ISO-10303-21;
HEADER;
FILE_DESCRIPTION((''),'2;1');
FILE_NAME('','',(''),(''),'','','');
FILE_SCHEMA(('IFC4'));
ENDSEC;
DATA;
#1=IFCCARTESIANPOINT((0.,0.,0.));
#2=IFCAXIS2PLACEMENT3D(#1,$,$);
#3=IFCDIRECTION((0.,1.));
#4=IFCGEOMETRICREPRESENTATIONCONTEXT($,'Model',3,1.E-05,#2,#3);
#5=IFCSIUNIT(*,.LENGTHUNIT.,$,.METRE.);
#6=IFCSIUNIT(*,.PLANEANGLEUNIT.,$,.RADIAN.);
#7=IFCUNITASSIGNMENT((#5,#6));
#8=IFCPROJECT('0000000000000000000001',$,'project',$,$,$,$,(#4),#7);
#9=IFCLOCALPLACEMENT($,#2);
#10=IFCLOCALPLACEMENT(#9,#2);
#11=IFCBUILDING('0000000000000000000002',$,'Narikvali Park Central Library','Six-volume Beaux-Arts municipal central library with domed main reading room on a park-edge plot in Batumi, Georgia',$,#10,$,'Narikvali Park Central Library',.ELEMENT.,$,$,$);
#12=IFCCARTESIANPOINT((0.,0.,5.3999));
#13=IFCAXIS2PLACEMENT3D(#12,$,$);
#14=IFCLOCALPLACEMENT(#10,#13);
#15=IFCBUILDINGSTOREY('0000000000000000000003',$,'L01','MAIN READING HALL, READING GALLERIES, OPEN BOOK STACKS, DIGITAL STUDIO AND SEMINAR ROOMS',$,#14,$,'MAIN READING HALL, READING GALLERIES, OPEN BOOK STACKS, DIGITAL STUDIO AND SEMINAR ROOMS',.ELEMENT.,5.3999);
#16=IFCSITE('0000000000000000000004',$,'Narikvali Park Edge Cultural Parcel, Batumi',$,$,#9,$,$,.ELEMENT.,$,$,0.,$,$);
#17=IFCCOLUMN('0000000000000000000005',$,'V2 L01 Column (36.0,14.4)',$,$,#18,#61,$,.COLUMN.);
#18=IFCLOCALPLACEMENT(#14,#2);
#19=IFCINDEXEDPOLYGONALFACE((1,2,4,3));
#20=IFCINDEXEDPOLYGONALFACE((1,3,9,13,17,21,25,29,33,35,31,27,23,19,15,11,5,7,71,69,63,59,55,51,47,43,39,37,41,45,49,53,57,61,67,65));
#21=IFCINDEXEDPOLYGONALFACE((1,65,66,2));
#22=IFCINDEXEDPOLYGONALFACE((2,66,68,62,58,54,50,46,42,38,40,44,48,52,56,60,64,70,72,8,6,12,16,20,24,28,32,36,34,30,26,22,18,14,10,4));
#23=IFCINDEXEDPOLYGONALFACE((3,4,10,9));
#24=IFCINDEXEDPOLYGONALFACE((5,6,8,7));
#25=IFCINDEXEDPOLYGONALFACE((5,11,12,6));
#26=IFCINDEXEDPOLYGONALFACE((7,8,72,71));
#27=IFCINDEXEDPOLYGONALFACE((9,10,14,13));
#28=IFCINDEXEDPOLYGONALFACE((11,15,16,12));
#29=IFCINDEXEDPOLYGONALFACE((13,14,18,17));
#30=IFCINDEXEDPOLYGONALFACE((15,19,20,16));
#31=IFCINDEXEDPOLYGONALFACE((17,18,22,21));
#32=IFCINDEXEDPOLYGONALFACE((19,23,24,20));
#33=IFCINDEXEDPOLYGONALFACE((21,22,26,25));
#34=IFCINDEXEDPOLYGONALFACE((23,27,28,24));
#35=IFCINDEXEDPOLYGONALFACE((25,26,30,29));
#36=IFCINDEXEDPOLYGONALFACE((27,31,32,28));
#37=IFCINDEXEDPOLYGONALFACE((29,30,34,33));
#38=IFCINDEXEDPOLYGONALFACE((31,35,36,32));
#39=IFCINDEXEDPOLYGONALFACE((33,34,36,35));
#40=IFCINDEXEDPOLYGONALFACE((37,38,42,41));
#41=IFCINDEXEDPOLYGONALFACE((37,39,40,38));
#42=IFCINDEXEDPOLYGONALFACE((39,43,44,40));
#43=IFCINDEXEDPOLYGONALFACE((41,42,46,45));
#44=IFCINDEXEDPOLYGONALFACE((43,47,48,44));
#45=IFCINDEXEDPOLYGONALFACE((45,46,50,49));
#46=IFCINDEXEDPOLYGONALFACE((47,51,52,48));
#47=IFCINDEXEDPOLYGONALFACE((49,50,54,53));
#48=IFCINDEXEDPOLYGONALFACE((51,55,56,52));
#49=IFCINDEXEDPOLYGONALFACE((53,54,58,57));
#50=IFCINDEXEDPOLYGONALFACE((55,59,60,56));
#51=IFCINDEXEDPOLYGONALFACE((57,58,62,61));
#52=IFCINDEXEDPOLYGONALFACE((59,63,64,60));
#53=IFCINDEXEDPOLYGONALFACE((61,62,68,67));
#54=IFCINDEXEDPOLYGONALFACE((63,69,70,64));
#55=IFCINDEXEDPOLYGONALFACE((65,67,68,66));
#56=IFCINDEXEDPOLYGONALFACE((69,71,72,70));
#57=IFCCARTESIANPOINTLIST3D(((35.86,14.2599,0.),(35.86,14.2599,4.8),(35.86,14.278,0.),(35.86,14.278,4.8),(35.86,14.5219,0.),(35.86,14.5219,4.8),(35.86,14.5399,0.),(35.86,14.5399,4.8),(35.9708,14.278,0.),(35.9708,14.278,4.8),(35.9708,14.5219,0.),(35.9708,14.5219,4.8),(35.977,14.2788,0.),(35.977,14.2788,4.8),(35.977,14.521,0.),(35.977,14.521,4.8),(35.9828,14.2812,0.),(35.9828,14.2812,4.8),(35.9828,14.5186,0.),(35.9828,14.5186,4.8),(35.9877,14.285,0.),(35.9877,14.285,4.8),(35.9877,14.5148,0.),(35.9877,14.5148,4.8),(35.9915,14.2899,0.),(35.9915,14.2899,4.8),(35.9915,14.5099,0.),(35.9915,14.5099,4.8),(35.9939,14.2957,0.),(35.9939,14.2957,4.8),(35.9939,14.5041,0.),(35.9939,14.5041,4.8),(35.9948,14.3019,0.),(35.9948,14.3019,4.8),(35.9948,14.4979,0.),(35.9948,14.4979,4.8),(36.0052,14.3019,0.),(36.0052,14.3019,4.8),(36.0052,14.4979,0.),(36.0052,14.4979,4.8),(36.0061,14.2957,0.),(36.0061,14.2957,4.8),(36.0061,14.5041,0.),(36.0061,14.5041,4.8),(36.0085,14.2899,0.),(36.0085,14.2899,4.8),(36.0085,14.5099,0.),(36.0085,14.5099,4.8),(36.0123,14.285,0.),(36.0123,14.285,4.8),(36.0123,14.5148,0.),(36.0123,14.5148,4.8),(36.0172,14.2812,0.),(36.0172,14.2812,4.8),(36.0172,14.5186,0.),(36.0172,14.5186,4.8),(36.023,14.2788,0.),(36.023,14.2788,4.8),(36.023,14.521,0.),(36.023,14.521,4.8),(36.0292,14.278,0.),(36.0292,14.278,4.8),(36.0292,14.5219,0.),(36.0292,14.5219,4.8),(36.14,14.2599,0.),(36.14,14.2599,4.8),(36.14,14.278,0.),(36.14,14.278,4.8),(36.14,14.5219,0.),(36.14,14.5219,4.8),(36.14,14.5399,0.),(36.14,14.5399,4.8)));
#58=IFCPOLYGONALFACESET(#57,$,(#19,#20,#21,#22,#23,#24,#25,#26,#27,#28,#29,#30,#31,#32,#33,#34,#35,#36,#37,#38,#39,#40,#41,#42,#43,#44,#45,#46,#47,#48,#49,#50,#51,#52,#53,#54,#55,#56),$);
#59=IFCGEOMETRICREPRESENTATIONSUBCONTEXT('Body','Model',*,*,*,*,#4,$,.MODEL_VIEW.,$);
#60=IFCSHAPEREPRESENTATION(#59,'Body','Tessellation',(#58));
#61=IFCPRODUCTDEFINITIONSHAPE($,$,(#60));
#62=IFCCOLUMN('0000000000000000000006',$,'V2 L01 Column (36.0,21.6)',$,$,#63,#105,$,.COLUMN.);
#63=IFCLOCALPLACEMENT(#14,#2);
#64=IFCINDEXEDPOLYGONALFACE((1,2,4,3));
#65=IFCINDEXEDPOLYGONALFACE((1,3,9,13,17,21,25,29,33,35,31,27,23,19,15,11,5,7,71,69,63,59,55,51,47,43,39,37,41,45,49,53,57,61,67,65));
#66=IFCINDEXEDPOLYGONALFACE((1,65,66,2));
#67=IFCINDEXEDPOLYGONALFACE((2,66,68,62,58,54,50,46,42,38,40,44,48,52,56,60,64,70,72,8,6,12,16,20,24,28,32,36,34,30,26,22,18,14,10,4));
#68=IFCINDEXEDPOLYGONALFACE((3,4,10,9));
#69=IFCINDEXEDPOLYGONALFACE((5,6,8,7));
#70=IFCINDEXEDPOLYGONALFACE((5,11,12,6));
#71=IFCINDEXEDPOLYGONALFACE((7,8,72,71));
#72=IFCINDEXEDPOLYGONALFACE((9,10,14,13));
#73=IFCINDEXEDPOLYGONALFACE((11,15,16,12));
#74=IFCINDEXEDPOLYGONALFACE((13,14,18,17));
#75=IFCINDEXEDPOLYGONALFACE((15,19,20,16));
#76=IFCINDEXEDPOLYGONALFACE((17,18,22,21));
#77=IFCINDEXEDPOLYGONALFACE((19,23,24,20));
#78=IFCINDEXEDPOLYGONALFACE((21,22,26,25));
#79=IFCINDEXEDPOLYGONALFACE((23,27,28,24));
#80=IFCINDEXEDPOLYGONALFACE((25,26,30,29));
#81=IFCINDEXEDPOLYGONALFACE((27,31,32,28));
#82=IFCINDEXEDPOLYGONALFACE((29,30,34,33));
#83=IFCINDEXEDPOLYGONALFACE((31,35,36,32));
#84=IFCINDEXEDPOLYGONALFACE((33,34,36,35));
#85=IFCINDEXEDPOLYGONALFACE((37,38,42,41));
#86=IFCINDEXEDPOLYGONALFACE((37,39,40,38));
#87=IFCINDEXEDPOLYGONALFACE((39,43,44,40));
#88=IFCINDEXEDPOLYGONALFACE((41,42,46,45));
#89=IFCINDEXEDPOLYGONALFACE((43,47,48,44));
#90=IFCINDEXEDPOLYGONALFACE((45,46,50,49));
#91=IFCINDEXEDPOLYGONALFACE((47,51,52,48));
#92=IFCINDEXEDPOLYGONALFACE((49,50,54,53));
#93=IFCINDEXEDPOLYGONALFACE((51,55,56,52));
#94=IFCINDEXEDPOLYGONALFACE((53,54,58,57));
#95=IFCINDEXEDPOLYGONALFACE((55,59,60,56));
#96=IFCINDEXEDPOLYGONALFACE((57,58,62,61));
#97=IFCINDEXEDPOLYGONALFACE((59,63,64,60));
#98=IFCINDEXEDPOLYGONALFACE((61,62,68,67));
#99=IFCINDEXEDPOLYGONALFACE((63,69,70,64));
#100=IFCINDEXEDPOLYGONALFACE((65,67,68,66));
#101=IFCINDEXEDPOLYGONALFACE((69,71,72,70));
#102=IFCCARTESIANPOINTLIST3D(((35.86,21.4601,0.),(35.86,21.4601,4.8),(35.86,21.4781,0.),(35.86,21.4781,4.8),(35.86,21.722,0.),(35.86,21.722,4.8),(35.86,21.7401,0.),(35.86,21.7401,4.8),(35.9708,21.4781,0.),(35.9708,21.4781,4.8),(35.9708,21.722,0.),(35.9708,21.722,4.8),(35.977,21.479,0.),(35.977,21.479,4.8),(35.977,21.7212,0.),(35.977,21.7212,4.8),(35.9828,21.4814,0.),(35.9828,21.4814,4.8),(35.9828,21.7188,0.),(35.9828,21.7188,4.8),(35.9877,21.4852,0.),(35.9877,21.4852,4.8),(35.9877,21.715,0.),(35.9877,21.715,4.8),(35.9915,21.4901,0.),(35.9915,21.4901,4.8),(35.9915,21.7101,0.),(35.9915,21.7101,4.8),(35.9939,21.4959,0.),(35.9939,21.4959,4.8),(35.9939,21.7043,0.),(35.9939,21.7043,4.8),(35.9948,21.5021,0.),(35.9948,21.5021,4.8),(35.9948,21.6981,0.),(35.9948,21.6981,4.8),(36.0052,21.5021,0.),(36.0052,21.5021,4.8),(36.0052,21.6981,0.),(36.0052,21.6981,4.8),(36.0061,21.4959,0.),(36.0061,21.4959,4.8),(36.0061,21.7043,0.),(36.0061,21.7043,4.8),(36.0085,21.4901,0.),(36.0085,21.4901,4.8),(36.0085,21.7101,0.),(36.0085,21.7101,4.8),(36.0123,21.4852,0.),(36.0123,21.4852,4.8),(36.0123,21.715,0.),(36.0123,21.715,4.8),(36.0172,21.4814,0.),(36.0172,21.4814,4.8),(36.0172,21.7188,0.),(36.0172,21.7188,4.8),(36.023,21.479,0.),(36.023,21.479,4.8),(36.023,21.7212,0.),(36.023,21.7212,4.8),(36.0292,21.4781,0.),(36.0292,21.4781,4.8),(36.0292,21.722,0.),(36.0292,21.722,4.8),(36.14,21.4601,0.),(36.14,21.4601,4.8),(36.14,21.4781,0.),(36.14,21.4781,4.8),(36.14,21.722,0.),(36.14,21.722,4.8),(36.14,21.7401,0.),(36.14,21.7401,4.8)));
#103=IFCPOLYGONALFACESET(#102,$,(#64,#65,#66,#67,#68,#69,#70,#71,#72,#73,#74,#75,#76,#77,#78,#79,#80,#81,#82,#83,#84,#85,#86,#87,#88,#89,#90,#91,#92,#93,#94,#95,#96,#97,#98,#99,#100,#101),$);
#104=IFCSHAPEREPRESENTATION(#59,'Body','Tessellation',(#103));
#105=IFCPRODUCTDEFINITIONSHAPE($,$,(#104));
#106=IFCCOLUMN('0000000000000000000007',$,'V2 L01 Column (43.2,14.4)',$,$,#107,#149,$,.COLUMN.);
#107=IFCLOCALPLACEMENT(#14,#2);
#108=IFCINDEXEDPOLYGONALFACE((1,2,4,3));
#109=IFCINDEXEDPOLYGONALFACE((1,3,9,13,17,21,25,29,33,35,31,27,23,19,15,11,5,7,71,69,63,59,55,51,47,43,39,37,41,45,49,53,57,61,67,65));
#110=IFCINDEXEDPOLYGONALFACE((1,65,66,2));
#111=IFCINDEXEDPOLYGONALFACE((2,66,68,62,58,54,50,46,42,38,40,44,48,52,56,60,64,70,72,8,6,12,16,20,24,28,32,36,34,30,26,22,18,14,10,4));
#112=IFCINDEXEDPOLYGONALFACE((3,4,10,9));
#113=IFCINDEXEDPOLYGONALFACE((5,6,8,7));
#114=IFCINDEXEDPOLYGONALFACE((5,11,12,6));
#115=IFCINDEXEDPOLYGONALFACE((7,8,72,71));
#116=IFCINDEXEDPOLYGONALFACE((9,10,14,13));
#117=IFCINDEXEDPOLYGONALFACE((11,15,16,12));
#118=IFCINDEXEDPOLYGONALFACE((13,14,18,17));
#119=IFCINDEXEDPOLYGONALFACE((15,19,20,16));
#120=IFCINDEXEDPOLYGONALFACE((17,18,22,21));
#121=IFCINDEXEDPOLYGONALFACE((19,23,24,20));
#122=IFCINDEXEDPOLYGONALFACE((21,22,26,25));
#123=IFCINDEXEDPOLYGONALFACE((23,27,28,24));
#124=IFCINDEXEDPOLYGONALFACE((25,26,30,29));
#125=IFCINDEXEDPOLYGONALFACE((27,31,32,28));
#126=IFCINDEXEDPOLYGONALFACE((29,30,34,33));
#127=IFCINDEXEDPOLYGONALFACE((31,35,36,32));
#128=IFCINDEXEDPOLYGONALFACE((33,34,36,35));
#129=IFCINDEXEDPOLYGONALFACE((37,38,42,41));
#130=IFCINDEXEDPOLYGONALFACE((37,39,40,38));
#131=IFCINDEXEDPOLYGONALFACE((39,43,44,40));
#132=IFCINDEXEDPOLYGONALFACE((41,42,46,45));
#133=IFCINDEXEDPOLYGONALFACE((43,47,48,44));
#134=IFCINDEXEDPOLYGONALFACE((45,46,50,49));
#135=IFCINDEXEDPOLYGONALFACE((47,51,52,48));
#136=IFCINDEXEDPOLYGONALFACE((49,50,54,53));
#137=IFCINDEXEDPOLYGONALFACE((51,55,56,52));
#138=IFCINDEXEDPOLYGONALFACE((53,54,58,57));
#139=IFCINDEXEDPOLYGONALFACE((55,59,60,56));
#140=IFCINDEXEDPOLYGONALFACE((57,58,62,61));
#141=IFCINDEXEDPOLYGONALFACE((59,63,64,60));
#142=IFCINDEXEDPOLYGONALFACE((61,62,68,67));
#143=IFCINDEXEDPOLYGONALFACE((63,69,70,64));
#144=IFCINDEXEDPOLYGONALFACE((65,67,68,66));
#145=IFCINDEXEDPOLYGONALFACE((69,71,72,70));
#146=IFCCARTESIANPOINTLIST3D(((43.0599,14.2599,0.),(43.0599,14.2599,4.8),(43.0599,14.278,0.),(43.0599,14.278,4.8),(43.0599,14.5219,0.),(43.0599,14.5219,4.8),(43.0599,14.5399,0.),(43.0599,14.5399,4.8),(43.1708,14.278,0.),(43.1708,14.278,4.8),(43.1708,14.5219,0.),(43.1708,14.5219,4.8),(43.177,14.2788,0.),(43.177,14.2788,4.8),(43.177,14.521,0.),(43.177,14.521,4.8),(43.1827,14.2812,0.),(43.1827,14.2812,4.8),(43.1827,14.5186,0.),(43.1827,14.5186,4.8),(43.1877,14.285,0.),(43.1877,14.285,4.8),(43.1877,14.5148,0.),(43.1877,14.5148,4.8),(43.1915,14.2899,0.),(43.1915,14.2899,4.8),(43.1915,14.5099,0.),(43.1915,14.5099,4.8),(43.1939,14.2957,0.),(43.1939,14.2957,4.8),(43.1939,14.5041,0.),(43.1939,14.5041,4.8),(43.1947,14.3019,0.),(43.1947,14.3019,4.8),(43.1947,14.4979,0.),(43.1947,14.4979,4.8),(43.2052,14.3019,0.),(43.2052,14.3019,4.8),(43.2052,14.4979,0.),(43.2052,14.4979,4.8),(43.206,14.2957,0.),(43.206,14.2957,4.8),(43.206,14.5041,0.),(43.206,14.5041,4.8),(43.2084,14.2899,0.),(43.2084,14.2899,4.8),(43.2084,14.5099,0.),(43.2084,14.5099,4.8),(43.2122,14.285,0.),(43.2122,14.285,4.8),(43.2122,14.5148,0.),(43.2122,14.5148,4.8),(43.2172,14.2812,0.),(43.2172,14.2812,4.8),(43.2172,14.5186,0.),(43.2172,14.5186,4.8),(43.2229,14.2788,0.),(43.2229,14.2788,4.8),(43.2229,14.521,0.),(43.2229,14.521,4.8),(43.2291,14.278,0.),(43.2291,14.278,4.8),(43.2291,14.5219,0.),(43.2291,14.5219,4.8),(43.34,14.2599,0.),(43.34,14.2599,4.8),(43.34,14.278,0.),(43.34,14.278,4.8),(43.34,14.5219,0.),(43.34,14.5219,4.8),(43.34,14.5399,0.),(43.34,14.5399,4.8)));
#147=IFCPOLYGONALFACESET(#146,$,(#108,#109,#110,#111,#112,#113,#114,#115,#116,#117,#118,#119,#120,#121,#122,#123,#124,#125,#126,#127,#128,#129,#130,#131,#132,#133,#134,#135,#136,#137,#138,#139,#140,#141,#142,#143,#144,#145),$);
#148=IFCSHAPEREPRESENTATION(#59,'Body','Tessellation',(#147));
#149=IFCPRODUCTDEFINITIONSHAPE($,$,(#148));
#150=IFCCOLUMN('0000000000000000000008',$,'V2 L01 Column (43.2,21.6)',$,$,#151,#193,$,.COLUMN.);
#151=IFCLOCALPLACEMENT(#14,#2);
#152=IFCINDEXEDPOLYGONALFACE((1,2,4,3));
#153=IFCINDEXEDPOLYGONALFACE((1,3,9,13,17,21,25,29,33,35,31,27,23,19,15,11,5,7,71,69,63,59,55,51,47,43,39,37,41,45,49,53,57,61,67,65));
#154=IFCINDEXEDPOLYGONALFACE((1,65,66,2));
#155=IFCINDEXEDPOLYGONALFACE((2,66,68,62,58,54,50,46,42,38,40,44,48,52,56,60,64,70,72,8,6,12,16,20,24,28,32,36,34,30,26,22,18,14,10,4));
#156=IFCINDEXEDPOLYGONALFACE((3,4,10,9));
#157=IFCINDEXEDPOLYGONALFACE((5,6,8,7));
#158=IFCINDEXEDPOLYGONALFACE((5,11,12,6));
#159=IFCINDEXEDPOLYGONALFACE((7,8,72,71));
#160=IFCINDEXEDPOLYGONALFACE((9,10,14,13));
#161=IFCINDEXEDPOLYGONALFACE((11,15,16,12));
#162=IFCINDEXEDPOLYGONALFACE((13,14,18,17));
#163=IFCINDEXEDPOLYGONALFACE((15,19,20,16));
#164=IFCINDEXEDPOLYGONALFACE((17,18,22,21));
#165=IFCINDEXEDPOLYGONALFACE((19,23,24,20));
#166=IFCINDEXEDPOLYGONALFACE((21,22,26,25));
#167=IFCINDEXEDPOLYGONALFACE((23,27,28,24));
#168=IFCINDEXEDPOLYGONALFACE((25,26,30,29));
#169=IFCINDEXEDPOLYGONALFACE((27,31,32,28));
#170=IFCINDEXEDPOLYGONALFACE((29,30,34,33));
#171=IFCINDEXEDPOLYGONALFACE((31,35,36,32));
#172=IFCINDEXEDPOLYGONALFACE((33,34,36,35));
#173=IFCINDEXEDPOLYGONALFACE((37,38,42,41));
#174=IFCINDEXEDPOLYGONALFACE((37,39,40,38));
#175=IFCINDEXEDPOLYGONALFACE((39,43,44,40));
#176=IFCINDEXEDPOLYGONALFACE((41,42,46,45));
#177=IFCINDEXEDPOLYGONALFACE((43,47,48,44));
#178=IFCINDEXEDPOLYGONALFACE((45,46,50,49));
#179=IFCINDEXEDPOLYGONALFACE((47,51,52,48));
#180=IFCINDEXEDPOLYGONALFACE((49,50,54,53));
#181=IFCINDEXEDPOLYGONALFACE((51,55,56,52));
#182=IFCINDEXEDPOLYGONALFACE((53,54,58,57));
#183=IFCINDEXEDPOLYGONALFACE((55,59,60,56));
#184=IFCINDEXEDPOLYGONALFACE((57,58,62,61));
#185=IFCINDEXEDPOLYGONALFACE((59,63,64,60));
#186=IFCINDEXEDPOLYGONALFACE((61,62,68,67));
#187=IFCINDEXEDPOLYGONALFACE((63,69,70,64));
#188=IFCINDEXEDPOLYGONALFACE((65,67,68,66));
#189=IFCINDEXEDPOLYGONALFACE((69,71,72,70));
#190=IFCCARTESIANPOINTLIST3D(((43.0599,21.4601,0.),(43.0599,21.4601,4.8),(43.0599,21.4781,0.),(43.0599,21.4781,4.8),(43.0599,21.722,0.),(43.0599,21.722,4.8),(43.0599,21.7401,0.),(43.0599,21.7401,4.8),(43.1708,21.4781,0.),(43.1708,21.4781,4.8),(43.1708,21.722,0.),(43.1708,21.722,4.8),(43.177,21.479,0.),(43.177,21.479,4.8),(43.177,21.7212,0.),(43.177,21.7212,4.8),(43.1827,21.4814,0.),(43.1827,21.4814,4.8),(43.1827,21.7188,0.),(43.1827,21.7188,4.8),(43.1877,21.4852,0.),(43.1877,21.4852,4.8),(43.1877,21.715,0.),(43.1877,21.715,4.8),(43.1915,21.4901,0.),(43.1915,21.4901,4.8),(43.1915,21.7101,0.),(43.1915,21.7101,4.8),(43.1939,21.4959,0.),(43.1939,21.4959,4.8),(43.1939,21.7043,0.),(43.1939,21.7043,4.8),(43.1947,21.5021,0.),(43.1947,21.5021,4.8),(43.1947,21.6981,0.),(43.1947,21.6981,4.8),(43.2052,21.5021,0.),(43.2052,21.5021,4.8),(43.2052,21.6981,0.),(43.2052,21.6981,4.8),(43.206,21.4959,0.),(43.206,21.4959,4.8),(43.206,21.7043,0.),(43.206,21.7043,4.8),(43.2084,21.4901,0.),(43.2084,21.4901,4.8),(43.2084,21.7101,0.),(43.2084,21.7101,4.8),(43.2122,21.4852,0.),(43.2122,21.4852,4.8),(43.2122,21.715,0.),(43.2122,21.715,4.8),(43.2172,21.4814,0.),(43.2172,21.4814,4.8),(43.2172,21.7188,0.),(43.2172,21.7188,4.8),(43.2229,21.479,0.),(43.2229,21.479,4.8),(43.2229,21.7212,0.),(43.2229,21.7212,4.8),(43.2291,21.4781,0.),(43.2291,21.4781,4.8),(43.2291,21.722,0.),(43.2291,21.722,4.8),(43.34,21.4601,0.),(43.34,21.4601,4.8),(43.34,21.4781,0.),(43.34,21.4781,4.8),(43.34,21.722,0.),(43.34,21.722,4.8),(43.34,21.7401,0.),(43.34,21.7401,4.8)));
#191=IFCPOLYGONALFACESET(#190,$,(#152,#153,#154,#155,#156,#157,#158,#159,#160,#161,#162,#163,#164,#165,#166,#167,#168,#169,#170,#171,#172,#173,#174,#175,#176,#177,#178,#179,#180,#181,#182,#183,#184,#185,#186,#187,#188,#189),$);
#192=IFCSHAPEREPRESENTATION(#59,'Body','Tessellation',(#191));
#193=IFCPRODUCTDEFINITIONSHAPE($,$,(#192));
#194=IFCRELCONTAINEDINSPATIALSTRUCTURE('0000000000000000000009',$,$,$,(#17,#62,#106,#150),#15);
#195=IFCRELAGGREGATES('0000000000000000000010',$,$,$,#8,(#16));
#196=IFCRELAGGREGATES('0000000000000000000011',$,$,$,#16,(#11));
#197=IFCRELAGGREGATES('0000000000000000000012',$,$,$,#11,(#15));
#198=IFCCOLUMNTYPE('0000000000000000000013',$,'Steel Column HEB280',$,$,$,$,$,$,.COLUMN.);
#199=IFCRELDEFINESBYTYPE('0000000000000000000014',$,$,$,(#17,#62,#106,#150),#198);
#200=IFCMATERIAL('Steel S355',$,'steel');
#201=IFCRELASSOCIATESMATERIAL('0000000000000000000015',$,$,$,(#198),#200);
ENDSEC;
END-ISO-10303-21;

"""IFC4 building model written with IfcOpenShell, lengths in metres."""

from ifc_helpers import new_model, si_unit, direction, frame, origin, origin_2d, place, context, subcontext, project, spatial, i_section, extrude, material, material_profile, profile_set, type_object, element, save


model = new_model("IFC4")

# Units and contexts
model_context = context("Model", 3, precision=1e-05, world=origin(), true_north=direction((0.0, 1.0)))
body_context = subcontext(model_context, "Body", "Model", "MODEL_VIEW")
ifc_project = project(units=[si_unit("LENGTHUNIT", "METRE"), si_unit("PLANEANGLEUNIT", "RADIAN")], contexts=[model_context])

# Site, building, storey
site_placement = place(None, origin())
site = spatial("IfcSite", under=ifc_project, at=site_placement, Name="Narikvali Park Edge Cultural Parcel, Batumi", CompositionType="ELEMENT", RefElevation=0.0)
building_placement = place(site_placement, origin())
building = spatial("IfcBuilding", under=site, at=building_placement, Name="Narikvali Park Central Library", Description="Six-volume Beaux-Arts municipal central library with domed main reading room on a park-edge plot in Batumi, Georgia", LongName="Narikvali Park Central Library", CompositionType="ELEMENT")
storey_placement = place(building_placement, frame((0.0, 0.0, 5.3999)))
storey = spatial("IfcBuildingStorey", under=building, at=storey_placement, Name="L01", Description="MAIN READING HALL, READING GALLERIES, OPEN BOOK STACKS, DIGITAL STUDIO AND SEMINAR ROOMS", LongName="MAIN READING HALL, READING GALLERIES, OPEN BOOK STACKS, DIGITAL STUDIO AND SEMINAR ROOMS", CompositionType="ELEMENT", Elevation=5.3999)

# Columns
ifc_material_1 = material(Name="Steel S355", Category="steel")
ifc_material_profile_1 = material_profile(ifc_material_1, i_section(OverallWidth=0.28, OverallDepth=0.28, WebThickness=0.0105, FlangeThickness=0.0181, FilletRadius=0.0239, at=origin_2d()), Name="HEB 280")
ifc_profile_set_1 = profile_set([ifc_material_profile_1], Name="Steel S355")
column_type = type_object("IfcColumnType", Name="Steel Column HEB280", PredefinedType="COLUMN", material=ifc_profile_set_1)
for number, where, z_axis, x_axis, name in (
    (1, (36.0, 14.3999, 0.0), (0.0, 0.0, 1.0), (1.0, 0.0, 0.0), "V2 L01 Column (36.0,14.4)"),
    (2, (36.0, 21.6001, 0.0), (0.0, 0.0, 1.0), (1.0, 0.0, 0.0), "V2 L01 Column (36.0,21.6)"),
    (3, (43.2, 14.3999, 0.0), (0.0, 0.0, 1.0), (1.0, 0.0, 0.0), "V2 L01 Column (43.2,14.4)"),
    (4, (43.2, 21.6001, 0.0), (0.0, 0.0, 1.0), (1.0, 0.0, 0.0), "V2 L01 Column (43.2,21.6)"),
):
    element("IfcColumn", number, at=place(storey_placement, frame(where, z_axis=z_axis, x_axis=x_axis)), inside=storey, type_object=column_type, Name=name, PredefinedType="COLUMN", context=body_context, shape_type="SweptSolid", body=[
        extrude(i_section(OverallWidth=0.28, OverallDepth=0.28, WebThickness=0.0105, FlangeThickness=0.0181, FilletRadius=0.0239, at=origin_2d()), origin(), (0.0, 0.0, 1.0), 4.8),
    ])

save(model, "model.ifc")
